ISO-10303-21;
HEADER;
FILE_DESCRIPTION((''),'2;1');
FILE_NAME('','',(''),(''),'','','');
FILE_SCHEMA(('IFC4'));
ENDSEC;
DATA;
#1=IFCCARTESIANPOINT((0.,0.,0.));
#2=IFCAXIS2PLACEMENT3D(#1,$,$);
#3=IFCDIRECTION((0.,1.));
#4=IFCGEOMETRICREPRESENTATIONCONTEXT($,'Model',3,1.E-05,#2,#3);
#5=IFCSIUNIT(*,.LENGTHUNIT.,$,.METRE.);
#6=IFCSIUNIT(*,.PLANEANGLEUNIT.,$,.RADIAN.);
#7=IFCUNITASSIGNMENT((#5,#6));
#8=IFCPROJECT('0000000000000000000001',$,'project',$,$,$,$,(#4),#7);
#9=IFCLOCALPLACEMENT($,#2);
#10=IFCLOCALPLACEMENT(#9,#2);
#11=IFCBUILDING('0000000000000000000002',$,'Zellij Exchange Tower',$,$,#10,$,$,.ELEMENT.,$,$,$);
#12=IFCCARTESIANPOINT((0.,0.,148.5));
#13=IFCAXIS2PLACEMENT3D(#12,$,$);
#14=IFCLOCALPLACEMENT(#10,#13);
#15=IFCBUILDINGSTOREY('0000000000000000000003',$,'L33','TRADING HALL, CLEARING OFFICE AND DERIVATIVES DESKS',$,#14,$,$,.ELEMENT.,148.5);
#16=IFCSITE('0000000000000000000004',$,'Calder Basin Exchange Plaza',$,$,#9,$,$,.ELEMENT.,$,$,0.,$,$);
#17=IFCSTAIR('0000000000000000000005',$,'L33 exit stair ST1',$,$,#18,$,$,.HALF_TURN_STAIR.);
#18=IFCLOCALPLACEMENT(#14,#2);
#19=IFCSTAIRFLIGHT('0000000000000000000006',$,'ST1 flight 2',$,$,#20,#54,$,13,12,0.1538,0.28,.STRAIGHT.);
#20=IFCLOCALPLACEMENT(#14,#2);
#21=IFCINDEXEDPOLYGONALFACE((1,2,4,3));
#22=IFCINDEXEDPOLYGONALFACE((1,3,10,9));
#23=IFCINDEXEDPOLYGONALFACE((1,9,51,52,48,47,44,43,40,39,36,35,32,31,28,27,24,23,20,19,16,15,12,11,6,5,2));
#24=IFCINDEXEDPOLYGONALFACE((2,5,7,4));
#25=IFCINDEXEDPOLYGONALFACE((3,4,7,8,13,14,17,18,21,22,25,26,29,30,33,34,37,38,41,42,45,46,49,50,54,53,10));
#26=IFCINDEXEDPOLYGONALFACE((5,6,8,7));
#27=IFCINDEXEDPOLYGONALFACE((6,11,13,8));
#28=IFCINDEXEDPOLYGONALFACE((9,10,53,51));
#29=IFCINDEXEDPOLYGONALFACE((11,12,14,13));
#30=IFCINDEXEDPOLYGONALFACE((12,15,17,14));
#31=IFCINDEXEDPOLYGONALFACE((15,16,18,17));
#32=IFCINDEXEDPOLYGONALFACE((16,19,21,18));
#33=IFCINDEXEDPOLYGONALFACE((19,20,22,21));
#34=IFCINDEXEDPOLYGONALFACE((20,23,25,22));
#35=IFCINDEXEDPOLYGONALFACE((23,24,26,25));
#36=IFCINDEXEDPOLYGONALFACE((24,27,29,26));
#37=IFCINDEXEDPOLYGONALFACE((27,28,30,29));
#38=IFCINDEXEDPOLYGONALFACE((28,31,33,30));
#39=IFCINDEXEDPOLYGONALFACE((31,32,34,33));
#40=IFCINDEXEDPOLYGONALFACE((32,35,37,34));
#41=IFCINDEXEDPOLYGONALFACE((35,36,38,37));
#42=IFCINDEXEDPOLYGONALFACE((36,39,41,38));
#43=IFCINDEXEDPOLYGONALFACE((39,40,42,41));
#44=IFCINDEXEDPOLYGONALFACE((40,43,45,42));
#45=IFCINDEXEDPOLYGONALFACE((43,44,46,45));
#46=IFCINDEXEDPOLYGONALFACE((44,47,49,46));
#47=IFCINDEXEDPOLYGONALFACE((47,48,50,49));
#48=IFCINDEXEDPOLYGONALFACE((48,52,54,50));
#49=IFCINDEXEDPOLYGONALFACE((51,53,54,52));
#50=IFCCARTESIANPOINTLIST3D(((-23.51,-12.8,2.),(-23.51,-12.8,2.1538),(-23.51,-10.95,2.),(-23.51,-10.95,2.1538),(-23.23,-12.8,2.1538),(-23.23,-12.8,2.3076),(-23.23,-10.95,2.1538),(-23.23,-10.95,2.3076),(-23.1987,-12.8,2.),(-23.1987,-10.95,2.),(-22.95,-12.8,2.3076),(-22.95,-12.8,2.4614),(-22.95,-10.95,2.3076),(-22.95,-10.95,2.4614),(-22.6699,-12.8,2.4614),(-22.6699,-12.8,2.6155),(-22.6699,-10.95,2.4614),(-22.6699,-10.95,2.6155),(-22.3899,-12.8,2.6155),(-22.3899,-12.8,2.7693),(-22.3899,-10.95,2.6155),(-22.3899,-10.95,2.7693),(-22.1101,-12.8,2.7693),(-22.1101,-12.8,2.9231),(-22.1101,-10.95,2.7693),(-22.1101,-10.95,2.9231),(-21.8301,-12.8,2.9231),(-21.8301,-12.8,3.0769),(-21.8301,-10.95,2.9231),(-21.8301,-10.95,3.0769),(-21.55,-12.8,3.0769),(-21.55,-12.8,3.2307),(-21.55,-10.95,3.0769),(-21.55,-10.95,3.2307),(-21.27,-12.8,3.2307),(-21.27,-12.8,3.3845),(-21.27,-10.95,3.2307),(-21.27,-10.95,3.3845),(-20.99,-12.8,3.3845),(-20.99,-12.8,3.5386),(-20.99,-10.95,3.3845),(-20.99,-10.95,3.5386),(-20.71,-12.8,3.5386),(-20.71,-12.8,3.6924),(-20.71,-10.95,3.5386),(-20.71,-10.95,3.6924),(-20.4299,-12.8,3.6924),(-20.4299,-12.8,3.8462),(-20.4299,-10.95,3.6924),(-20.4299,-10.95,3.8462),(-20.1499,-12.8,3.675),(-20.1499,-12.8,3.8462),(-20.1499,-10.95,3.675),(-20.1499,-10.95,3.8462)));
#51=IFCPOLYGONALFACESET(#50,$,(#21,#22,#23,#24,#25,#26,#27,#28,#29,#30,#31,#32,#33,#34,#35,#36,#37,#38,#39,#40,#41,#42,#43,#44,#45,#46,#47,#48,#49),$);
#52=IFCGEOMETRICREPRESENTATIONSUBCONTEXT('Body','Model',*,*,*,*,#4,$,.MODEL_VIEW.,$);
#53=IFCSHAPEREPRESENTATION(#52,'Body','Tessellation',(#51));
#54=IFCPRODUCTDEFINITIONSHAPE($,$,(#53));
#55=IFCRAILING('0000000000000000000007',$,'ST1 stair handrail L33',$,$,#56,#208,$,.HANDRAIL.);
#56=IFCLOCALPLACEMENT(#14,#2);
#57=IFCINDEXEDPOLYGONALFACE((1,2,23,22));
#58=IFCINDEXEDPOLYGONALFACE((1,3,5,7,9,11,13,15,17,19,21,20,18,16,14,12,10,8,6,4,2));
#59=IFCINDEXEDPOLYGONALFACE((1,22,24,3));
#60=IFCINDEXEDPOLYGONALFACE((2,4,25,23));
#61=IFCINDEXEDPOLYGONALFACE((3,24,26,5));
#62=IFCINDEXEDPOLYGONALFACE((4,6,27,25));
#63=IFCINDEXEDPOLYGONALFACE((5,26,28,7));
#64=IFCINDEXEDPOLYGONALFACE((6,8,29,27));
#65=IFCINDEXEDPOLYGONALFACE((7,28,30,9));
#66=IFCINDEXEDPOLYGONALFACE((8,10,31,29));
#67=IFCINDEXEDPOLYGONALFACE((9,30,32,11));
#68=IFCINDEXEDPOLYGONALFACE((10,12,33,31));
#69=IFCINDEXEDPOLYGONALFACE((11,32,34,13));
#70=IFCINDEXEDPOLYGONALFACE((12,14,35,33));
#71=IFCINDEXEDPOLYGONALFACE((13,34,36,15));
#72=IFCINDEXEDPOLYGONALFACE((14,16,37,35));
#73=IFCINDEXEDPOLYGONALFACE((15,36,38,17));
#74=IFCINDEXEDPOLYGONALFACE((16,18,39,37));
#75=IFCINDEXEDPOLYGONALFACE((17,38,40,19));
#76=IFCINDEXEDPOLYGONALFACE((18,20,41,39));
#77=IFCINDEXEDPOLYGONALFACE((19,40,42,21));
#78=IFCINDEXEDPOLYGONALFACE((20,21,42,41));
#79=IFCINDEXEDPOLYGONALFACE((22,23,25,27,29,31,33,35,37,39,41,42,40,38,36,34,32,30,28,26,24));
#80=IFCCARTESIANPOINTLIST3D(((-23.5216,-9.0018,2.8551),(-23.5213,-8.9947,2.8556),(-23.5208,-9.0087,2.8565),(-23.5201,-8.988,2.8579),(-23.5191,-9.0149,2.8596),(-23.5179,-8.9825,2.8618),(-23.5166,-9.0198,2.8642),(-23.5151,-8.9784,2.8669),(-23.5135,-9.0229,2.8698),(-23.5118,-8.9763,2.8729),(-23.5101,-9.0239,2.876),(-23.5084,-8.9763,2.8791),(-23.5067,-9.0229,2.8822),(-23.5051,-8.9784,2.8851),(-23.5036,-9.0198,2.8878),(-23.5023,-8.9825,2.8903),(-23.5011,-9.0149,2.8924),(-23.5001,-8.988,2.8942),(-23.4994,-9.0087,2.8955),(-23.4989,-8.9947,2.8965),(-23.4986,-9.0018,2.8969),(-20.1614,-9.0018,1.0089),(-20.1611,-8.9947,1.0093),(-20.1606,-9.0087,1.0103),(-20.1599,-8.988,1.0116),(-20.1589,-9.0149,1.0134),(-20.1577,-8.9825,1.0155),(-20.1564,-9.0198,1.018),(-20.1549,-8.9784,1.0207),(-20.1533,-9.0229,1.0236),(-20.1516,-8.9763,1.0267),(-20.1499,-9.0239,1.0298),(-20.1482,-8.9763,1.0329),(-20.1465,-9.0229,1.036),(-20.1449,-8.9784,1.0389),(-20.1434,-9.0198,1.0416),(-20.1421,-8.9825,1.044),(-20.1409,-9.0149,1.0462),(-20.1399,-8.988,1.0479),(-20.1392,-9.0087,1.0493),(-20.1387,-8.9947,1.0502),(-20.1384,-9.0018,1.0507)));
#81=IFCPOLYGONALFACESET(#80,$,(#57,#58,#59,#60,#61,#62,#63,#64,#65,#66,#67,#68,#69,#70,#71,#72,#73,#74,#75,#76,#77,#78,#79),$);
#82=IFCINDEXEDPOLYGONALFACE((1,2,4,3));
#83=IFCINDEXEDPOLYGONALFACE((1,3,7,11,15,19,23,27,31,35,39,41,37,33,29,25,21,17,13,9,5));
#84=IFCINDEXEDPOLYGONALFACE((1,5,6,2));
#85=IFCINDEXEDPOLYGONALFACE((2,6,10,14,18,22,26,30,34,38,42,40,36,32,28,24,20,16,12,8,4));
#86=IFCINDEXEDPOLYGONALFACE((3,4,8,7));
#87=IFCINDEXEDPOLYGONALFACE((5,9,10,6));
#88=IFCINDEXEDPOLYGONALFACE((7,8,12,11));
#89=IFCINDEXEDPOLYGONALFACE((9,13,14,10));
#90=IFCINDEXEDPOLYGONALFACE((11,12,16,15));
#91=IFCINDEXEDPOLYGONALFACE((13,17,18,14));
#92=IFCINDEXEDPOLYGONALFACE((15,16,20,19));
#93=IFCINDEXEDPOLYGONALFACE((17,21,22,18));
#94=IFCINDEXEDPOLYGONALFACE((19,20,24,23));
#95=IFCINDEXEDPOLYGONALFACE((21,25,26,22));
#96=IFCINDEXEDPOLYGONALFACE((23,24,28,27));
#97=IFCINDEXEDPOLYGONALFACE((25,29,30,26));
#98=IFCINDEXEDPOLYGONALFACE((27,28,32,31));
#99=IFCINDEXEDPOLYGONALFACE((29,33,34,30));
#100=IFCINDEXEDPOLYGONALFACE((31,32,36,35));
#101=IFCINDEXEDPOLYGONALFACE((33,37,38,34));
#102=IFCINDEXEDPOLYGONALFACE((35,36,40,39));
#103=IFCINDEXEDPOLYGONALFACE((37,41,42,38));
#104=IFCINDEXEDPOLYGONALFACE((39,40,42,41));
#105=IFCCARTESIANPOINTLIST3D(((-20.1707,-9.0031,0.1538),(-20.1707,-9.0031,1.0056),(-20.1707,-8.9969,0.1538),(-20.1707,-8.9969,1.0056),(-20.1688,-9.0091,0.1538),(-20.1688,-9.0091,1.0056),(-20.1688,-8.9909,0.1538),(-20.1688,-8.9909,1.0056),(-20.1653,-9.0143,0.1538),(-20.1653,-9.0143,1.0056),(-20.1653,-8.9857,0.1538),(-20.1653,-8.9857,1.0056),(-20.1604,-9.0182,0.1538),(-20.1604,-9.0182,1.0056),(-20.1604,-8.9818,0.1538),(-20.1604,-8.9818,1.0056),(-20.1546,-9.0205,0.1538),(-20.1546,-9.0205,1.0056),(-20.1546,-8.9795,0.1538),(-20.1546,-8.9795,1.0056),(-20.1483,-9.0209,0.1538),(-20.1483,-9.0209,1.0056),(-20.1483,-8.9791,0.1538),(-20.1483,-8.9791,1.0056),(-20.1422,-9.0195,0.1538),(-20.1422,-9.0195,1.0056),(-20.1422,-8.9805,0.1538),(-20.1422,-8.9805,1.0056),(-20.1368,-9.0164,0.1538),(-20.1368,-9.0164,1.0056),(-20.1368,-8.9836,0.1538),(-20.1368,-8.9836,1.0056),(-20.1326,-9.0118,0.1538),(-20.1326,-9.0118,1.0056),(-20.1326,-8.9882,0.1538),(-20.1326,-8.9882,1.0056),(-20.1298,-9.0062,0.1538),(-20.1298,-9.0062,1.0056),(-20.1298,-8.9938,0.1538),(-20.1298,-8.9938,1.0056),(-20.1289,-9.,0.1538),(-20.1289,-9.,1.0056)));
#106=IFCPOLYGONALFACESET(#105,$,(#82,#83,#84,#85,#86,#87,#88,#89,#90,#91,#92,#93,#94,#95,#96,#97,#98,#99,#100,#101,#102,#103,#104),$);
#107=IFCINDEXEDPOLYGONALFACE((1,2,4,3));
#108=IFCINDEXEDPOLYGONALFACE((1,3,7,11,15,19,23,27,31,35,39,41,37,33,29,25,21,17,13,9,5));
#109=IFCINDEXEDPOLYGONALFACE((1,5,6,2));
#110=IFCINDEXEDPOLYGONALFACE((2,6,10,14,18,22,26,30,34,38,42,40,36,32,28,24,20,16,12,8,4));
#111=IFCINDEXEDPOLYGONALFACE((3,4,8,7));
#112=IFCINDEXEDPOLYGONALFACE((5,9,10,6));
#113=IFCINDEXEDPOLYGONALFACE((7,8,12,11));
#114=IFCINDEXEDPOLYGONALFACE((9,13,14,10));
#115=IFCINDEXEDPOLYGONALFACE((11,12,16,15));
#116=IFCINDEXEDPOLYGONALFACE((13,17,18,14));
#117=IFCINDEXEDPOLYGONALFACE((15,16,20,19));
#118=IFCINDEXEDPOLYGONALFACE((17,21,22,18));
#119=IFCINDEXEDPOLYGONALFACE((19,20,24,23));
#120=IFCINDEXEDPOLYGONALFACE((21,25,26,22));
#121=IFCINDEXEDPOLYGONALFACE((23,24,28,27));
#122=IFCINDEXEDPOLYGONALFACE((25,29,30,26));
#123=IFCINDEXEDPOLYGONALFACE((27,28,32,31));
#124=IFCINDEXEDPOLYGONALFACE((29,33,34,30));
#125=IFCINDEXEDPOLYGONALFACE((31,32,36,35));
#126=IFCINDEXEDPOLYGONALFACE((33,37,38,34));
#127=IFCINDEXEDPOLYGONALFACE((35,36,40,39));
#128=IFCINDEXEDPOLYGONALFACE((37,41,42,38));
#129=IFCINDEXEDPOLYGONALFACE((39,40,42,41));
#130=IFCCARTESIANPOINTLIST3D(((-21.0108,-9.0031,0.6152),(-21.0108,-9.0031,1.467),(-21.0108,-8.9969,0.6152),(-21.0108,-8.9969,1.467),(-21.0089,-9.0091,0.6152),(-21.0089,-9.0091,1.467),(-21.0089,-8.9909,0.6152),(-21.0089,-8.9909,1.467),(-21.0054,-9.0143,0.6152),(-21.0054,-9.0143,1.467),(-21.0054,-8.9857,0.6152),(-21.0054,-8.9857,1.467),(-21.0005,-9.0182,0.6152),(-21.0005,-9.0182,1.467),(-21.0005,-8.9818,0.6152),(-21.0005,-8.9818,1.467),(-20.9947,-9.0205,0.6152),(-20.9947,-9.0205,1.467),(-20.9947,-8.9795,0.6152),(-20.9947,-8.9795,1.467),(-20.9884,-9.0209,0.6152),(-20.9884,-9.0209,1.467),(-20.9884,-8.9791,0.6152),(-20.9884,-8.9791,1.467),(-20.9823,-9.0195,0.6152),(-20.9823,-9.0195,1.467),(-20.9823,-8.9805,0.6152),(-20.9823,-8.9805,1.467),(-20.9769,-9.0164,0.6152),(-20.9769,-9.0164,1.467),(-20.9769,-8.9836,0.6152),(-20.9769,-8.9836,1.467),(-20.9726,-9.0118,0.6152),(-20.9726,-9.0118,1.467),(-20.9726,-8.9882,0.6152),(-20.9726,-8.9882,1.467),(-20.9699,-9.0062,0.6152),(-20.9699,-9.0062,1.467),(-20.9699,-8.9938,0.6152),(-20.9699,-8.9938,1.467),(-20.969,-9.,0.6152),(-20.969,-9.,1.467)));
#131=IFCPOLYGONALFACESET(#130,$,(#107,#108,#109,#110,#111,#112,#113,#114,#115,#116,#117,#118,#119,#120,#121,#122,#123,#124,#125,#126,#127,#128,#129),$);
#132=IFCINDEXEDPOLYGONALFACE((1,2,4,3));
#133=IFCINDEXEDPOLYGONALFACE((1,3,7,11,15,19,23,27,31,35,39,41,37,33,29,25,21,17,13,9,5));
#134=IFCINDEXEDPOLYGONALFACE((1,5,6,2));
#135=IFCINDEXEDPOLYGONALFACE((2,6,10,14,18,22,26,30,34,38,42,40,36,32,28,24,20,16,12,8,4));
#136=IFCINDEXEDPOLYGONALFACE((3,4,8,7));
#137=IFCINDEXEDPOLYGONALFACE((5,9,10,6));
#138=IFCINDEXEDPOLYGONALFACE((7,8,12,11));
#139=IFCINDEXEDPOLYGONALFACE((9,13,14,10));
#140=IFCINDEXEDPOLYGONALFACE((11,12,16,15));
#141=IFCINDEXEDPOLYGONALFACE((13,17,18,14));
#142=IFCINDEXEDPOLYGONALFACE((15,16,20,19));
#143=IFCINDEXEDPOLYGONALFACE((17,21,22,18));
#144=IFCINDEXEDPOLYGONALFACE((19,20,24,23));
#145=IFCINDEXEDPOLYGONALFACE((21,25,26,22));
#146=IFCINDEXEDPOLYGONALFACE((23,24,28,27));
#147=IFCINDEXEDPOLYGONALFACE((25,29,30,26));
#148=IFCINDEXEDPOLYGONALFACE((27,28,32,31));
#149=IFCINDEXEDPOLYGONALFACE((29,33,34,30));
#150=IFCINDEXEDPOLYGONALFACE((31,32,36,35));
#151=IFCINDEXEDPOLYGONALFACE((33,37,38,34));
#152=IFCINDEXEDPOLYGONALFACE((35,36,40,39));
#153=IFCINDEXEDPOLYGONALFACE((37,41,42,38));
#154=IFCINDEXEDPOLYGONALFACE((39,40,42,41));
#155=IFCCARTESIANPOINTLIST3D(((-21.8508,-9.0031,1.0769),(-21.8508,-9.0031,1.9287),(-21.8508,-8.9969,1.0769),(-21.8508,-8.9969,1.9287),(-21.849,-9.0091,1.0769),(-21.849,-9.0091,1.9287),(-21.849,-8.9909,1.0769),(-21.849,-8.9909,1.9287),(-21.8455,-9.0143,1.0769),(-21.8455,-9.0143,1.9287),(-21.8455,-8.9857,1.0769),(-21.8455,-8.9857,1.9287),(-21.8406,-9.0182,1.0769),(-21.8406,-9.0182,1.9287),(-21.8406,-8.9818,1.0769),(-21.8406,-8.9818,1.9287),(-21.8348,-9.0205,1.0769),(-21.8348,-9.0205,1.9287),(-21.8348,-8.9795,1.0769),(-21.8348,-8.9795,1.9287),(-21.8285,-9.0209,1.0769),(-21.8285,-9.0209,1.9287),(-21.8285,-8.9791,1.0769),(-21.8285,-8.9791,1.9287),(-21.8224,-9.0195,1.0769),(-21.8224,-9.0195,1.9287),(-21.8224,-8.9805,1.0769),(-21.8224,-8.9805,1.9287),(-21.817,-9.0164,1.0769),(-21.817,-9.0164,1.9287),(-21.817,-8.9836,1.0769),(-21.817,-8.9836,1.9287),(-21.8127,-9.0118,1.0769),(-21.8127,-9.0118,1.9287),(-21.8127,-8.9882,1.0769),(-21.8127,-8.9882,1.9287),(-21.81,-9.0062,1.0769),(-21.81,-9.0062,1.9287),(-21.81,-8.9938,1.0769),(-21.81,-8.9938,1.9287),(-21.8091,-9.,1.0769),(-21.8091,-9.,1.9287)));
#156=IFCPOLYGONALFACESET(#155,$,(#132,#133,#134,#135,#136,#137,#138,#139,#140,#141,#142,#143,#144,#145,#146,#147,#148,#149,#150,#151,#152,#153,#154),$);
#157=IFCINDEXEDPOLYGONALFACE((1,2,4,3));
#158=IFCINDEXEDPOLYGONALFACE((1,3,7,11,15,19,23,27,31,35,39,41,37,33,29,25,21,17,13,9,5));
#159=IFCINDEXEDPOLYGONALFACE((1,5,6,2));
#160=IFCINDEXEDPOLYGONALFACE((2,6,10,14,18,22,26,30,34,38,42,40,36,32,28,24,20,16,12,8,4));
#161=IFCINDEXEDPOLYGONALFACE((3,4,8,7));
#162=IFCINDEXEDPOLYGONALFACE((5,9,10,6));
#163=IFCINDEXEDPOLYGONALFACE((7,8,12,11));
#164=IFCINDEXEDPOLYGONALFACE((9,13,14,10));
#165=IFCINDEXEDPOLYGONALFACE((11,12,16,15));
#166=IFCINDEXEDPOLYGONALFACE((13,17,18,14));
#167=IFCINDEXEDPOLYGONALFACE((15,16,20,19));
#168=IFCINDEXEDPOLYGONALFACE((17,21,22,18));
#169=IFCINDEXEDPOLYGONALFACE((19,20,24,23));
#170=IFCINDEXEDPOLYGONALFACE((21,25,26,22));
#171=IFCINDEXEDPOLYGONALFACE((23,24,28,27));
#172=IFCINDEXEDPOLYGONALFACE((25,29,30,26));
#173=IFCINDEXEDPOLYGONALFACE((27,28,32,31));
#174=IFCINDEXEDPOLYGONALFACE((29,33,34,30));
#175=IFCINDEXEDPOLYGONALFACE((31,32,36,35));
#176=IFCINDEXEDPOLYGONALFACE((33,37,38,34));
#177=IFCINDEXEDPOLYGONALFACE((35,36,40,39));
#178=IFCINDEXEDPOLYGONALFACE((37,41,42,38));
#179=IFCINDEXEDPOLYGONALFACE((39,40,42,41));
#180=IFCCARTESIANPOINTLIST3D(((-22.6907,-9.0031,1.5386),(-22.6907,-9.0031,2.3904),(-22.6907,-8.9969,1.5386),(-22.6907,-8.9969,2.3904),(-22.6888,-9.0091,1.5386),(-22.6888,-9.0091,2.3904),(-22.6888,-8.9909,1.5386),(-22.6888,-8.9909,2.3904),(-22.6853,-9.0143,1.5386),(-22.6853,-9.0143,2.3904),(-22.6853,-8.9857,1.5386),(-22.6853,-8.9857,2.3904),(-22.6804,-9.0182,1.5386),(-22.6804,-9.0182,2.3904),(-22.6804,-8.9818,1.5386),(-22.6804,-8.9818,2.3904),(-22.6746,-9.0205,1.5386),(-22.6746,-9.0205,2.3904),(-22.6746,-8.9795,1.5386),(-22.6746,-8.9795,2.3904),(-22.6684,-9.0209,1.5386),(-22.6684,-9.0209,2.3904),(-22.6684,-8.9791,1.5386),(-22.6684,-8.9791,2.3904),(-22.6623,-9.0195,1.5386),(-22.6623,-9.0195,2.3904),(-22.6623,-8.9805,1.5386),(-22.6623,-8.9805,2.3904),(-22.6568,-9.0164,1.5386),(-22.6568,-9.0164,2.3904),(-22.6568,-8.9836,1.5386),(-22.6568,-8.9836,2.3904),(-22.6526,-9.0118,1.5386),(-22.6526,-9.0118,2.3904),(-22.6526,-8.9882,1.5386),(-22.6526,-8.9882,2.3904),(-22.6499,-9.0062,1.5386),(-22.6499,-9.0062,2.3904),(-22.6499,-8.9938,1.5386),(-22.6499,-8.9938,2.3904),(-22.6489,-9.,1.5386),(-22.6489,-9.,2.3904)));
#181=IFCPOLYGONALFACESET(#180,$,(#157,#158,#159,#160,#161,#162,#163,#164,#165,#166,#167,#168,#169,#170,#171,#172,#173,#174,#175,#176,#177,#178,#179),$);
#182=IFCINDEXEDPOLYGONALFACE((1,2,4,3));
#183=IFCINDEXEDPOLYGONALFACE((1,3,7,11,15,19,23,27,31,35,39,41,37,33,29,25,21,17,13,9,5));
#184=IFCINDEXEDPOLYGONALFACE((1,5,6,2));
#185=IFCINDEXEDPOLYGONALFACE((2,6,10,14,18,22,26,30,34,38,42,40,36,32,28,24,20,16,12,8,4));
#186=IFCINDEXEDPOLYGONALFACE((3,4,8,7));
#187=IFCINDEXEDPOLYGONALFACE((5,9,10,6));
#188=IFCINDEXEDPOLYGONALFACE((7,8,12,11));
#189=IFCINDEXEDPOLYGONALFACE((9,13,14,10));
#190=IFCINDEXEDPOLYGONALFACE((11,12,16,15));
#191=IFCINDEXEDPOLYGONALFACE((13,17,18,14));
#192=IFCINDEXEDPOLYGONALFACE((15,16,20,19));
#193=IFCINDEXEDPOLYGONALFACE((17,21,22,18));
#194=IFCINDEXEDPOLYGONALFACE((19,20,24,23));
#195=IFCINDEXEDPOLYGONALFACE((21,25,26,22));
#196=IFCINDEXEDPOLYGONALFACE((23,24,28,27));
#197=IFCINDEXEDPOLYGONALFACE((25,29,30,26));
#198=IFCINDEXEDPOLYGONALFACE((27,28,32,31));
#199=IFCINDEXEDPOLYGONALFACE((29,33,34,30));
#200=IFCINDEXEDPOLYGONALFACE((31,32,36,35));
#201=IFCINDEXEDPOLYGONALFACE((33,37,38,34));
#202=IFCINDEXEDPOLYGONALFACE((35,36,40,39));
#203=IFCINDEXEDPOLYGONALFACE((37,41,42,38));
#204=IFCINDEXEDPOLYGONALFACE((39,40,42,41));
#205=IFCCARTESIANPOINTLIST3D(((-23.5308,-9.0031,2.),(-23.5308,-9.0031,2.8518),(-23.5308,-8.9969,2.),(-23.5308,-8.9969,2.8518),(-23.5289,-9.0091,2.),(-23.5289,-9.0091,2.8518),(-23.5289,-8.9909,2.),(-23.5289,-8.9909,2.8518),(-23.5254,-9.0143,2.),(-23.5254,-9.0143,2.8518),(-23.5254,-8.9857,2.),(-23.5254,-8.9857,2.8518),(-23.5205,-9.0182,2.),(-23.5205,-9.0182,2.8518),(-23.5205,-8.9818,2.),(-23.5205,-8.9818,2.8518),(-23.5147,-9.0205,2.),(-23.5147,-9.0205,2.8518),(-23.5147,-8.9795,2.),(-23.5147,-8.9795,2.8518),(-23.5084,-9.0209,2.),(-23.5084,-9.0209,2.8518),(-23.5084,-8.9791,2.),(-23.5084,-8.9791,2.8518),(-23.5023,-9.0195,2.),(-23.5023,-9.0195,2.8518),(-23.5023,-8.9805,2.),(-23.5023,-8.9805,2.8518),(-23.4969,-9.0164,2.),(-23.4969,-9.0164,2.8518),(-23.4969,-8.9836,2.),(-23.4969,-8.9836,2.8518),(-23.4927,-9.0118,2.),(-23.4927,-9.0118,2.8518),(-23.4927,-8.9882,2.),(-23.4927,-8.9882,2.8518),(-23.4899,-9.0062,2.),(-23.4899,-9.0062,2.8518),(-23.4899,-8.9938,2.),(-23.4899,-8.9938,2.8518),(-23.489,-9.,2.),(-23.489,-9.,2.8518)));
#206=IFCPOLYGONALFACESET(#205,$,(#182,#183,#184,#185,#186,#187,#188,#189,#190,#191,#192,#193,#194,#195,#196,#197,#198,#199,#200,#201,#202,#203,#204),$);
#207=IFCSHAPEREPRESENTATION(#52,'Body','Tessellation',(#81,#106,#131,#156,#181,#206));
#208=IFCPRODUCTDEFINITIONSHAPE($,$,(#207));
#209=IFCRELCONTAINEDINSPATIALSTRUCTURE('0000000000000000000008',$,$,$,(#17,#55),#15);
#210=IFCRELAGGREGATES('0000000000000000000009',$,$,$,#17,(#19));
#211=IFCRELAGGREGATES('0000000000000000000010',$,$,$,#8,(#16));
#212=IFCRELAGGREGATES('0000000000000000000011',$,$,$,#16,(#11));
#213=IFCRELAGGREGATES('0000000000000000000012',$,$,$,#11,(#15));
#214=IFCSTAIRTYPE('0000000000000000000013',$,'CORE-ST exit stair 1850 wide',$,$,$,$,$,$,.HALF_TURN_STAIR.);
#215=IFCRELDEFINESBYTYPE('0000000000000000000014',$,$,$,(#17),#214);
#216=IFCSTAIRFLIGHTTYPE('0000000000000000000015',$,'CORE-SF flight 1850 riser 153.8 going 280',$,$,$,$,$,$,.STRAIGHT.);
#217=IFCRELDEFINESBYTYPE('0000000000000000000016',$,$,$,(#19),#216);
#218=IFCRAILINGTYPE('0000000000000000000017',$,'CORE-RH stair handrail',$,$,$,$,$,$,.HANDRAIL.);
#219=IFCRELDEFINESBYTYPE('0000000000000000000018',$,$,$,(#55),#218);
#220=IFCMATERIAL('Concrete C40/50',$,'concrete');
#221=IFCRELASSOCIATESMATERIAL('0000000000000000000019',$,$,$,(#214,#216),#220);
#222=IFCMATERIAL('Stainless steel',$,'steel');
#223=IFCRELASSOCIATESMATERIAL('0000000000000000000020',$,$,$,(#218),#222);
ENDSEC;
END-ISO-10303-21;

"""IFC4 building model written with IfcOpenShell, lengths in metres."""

from ifc_helpers import new_model, si_unit, direction, frame, origin, origin_2d, place, context, subcontext, project, spatial, polyline, circle, outline, extrude, material, type_object, element, aggregate, save


model = new_model("IFC4")

# Units and contexts
model_context = context("Model", 3, precision=1e-05, world=origin(), true_north=direction((0.0, 1.0)))
body_context = subcontext(model_context, "Body", "Model", "MODEL_VIEW")
ifc_project = project(units=[si_unit("LENGTHUNIT", "METRE"), si_unit("PLANEANGLEUNIT", "RADIAN")], contexts=[model_context])

# Site, building, storey
site_placement = place(None, origin())
site = spatial("IfcSite", under=ifc_project, at=site_placement, Name="Calder Basin Exchange Plaza", CompositionType="ELEMENT", RefElevation=0.0)
building_placement = place(site_placement, origin())
building = spatial("IfcBuilding", under=site, at=building_placement, Name="Zellij Exchange Tower", CompositionType="ELEMENT")
storey_placement = place(building_placement, frame((0.0, 0.0, 148.5)))
storey = spatial("IfcBuildingStorey", under=building, at=storey_placement, Name="L33", Description="TRADING HALL, CLEARING OFFICE AND DERIVATIVES DESKS", CompositionType="ELEMENT", Elevation=148.5)

# Stair, stair flight
ifc_material_1 = material(Name="Concrete C40/50", Category="concrete")
stair_type = type_object("IfcStairType", Name="CORE-ST exit stair 1850 wide", PredefinedType="HALF_TURN_STAIR", material=ifc_material_1)
stair_placement = place(storey_placement, origin())
stair = element("IfcStair", 1, at=stair_placement, inside=storey, type_object=stair_type, Name="L33 exit stair ST1", PredefinedType="HALF_TURN_STAIR")
stair_flight_type = type_object("IfcStairFlightType", Name="CORE-SF flight 1850 riser 153.8 going 280", PredefinedType="STRAIGHT", material=ifc_material_1)
stair_flight_1_placement = place(storey_placement, frame((-23.51, -11.875, 2.0), z_axis=(0.0, 0.0, 1.0), x_axis=(1.0, 0.0, 0.0)))
stair_flight_1 = element("IfcStairFlight", 2, at=stair_flight_1_placement, type_object=stair_flight_type, Name="ST1 flight 2", NumberOfRisers=13, NumberOfTreads=12, PredefinedType="STRAIGHT", RiserHeight=0.1538, TreadLength=0.28, context=body_context, shape_type="SweptSolid", body=[
    extrude(outline(polyline([(0.0, 0.0), (0.0, 0.1538), (0.28, 0.1538), (0.28, 0.3076), (0.5601, 0.3076), (0.5601, 0.4614), (0.8401, 0.4614), (0.8401, 0.6155), (1.1201, 0.6155), (1.1201, 0.7693), (1.3999, 0.7693), (1.3999, 0.9231), (1.6799, 0.9231), (1.6799, 1.0769), (1.96, 1.0769), (1.96, 1.2307), (2.24, 1.2307), (2.24, 1.3845), (2.52, 1.3845), (2.52, 1.5386), (2.8, 1.5386), (2.8, 1.6924), (3.0801, 1.6924), (3.0801, 1.8462), (3.3601, 1.8462), (3.3601, 2.0), (3.3601, 1.675), (0.3113, 0.0), (0.0, 0.0)])), frame((0.0, 0.925, 0.0), z_axis=(0.0, -1.0, 0.0), x_axis=(1.0, 0.0, 0.0)), (0.0, 0.0, 1.0), 1.8501),
])
aggregate(stair, [stair_flight_1])

# Railing
ifc_material_2 = material(Name="Stainless steel", Category="steel")
railing_type_1 = type_object("IfcRailingType", Name="CORE-RH stair handrail", PredefinedType="HANDRAIL", material=ifc_material_2)
railing_1_placement = place(storey_placement, frame((-20.1499, -9.0, 0.1538)))
element("IfcRailing", 3, at=railing_1_placement, inside=storey, type_object=railing_type_1, Name="ST1 stair handrail L33", PredefinedType="HANDRAIL", context=body_context, shape_type="SweptSolid", body=[
    extrude(circle(Radius=0.0239, at=origin_2d()), frame((0.0, 0.0, 0.876), z_axis=(-0.876422, 0.0, 0.481545), x_axis=(0.0, -1.0, 0.0)), (0.0, 0.0, 1.0), 3.834),
    extrude(circle(Radius=0.021, at=origin_2d()), origin(), (0.0, 0.0, 1.0), 0.8518),
    extrude(circle(Radius=0.021, at=origin_2d()), frame((-0.8401, 0.0, 0.4614)), (0.0, 0.0, 1.0), 0.8518),
    extrude(circle(Radius=0.021, at=origin_2d()), frame((-1.6802, 0.0, 0.9231)), (0.0, 0.0, 1.0), 0.8518),
    extrude(circle(Radius=0.021, at=origin_2d()), frame((-2.52, 0.0, 1.3848)), (0.0, 0.0, 1.0), 0.8518),
    extrude(circle(Radius=0.021, at=origin_2d()), frame((-3.3601, 0.0, 1.8462)), (0.0, 0.0, 1.0), 0.8518),
])

save(model, "model.ifc")
